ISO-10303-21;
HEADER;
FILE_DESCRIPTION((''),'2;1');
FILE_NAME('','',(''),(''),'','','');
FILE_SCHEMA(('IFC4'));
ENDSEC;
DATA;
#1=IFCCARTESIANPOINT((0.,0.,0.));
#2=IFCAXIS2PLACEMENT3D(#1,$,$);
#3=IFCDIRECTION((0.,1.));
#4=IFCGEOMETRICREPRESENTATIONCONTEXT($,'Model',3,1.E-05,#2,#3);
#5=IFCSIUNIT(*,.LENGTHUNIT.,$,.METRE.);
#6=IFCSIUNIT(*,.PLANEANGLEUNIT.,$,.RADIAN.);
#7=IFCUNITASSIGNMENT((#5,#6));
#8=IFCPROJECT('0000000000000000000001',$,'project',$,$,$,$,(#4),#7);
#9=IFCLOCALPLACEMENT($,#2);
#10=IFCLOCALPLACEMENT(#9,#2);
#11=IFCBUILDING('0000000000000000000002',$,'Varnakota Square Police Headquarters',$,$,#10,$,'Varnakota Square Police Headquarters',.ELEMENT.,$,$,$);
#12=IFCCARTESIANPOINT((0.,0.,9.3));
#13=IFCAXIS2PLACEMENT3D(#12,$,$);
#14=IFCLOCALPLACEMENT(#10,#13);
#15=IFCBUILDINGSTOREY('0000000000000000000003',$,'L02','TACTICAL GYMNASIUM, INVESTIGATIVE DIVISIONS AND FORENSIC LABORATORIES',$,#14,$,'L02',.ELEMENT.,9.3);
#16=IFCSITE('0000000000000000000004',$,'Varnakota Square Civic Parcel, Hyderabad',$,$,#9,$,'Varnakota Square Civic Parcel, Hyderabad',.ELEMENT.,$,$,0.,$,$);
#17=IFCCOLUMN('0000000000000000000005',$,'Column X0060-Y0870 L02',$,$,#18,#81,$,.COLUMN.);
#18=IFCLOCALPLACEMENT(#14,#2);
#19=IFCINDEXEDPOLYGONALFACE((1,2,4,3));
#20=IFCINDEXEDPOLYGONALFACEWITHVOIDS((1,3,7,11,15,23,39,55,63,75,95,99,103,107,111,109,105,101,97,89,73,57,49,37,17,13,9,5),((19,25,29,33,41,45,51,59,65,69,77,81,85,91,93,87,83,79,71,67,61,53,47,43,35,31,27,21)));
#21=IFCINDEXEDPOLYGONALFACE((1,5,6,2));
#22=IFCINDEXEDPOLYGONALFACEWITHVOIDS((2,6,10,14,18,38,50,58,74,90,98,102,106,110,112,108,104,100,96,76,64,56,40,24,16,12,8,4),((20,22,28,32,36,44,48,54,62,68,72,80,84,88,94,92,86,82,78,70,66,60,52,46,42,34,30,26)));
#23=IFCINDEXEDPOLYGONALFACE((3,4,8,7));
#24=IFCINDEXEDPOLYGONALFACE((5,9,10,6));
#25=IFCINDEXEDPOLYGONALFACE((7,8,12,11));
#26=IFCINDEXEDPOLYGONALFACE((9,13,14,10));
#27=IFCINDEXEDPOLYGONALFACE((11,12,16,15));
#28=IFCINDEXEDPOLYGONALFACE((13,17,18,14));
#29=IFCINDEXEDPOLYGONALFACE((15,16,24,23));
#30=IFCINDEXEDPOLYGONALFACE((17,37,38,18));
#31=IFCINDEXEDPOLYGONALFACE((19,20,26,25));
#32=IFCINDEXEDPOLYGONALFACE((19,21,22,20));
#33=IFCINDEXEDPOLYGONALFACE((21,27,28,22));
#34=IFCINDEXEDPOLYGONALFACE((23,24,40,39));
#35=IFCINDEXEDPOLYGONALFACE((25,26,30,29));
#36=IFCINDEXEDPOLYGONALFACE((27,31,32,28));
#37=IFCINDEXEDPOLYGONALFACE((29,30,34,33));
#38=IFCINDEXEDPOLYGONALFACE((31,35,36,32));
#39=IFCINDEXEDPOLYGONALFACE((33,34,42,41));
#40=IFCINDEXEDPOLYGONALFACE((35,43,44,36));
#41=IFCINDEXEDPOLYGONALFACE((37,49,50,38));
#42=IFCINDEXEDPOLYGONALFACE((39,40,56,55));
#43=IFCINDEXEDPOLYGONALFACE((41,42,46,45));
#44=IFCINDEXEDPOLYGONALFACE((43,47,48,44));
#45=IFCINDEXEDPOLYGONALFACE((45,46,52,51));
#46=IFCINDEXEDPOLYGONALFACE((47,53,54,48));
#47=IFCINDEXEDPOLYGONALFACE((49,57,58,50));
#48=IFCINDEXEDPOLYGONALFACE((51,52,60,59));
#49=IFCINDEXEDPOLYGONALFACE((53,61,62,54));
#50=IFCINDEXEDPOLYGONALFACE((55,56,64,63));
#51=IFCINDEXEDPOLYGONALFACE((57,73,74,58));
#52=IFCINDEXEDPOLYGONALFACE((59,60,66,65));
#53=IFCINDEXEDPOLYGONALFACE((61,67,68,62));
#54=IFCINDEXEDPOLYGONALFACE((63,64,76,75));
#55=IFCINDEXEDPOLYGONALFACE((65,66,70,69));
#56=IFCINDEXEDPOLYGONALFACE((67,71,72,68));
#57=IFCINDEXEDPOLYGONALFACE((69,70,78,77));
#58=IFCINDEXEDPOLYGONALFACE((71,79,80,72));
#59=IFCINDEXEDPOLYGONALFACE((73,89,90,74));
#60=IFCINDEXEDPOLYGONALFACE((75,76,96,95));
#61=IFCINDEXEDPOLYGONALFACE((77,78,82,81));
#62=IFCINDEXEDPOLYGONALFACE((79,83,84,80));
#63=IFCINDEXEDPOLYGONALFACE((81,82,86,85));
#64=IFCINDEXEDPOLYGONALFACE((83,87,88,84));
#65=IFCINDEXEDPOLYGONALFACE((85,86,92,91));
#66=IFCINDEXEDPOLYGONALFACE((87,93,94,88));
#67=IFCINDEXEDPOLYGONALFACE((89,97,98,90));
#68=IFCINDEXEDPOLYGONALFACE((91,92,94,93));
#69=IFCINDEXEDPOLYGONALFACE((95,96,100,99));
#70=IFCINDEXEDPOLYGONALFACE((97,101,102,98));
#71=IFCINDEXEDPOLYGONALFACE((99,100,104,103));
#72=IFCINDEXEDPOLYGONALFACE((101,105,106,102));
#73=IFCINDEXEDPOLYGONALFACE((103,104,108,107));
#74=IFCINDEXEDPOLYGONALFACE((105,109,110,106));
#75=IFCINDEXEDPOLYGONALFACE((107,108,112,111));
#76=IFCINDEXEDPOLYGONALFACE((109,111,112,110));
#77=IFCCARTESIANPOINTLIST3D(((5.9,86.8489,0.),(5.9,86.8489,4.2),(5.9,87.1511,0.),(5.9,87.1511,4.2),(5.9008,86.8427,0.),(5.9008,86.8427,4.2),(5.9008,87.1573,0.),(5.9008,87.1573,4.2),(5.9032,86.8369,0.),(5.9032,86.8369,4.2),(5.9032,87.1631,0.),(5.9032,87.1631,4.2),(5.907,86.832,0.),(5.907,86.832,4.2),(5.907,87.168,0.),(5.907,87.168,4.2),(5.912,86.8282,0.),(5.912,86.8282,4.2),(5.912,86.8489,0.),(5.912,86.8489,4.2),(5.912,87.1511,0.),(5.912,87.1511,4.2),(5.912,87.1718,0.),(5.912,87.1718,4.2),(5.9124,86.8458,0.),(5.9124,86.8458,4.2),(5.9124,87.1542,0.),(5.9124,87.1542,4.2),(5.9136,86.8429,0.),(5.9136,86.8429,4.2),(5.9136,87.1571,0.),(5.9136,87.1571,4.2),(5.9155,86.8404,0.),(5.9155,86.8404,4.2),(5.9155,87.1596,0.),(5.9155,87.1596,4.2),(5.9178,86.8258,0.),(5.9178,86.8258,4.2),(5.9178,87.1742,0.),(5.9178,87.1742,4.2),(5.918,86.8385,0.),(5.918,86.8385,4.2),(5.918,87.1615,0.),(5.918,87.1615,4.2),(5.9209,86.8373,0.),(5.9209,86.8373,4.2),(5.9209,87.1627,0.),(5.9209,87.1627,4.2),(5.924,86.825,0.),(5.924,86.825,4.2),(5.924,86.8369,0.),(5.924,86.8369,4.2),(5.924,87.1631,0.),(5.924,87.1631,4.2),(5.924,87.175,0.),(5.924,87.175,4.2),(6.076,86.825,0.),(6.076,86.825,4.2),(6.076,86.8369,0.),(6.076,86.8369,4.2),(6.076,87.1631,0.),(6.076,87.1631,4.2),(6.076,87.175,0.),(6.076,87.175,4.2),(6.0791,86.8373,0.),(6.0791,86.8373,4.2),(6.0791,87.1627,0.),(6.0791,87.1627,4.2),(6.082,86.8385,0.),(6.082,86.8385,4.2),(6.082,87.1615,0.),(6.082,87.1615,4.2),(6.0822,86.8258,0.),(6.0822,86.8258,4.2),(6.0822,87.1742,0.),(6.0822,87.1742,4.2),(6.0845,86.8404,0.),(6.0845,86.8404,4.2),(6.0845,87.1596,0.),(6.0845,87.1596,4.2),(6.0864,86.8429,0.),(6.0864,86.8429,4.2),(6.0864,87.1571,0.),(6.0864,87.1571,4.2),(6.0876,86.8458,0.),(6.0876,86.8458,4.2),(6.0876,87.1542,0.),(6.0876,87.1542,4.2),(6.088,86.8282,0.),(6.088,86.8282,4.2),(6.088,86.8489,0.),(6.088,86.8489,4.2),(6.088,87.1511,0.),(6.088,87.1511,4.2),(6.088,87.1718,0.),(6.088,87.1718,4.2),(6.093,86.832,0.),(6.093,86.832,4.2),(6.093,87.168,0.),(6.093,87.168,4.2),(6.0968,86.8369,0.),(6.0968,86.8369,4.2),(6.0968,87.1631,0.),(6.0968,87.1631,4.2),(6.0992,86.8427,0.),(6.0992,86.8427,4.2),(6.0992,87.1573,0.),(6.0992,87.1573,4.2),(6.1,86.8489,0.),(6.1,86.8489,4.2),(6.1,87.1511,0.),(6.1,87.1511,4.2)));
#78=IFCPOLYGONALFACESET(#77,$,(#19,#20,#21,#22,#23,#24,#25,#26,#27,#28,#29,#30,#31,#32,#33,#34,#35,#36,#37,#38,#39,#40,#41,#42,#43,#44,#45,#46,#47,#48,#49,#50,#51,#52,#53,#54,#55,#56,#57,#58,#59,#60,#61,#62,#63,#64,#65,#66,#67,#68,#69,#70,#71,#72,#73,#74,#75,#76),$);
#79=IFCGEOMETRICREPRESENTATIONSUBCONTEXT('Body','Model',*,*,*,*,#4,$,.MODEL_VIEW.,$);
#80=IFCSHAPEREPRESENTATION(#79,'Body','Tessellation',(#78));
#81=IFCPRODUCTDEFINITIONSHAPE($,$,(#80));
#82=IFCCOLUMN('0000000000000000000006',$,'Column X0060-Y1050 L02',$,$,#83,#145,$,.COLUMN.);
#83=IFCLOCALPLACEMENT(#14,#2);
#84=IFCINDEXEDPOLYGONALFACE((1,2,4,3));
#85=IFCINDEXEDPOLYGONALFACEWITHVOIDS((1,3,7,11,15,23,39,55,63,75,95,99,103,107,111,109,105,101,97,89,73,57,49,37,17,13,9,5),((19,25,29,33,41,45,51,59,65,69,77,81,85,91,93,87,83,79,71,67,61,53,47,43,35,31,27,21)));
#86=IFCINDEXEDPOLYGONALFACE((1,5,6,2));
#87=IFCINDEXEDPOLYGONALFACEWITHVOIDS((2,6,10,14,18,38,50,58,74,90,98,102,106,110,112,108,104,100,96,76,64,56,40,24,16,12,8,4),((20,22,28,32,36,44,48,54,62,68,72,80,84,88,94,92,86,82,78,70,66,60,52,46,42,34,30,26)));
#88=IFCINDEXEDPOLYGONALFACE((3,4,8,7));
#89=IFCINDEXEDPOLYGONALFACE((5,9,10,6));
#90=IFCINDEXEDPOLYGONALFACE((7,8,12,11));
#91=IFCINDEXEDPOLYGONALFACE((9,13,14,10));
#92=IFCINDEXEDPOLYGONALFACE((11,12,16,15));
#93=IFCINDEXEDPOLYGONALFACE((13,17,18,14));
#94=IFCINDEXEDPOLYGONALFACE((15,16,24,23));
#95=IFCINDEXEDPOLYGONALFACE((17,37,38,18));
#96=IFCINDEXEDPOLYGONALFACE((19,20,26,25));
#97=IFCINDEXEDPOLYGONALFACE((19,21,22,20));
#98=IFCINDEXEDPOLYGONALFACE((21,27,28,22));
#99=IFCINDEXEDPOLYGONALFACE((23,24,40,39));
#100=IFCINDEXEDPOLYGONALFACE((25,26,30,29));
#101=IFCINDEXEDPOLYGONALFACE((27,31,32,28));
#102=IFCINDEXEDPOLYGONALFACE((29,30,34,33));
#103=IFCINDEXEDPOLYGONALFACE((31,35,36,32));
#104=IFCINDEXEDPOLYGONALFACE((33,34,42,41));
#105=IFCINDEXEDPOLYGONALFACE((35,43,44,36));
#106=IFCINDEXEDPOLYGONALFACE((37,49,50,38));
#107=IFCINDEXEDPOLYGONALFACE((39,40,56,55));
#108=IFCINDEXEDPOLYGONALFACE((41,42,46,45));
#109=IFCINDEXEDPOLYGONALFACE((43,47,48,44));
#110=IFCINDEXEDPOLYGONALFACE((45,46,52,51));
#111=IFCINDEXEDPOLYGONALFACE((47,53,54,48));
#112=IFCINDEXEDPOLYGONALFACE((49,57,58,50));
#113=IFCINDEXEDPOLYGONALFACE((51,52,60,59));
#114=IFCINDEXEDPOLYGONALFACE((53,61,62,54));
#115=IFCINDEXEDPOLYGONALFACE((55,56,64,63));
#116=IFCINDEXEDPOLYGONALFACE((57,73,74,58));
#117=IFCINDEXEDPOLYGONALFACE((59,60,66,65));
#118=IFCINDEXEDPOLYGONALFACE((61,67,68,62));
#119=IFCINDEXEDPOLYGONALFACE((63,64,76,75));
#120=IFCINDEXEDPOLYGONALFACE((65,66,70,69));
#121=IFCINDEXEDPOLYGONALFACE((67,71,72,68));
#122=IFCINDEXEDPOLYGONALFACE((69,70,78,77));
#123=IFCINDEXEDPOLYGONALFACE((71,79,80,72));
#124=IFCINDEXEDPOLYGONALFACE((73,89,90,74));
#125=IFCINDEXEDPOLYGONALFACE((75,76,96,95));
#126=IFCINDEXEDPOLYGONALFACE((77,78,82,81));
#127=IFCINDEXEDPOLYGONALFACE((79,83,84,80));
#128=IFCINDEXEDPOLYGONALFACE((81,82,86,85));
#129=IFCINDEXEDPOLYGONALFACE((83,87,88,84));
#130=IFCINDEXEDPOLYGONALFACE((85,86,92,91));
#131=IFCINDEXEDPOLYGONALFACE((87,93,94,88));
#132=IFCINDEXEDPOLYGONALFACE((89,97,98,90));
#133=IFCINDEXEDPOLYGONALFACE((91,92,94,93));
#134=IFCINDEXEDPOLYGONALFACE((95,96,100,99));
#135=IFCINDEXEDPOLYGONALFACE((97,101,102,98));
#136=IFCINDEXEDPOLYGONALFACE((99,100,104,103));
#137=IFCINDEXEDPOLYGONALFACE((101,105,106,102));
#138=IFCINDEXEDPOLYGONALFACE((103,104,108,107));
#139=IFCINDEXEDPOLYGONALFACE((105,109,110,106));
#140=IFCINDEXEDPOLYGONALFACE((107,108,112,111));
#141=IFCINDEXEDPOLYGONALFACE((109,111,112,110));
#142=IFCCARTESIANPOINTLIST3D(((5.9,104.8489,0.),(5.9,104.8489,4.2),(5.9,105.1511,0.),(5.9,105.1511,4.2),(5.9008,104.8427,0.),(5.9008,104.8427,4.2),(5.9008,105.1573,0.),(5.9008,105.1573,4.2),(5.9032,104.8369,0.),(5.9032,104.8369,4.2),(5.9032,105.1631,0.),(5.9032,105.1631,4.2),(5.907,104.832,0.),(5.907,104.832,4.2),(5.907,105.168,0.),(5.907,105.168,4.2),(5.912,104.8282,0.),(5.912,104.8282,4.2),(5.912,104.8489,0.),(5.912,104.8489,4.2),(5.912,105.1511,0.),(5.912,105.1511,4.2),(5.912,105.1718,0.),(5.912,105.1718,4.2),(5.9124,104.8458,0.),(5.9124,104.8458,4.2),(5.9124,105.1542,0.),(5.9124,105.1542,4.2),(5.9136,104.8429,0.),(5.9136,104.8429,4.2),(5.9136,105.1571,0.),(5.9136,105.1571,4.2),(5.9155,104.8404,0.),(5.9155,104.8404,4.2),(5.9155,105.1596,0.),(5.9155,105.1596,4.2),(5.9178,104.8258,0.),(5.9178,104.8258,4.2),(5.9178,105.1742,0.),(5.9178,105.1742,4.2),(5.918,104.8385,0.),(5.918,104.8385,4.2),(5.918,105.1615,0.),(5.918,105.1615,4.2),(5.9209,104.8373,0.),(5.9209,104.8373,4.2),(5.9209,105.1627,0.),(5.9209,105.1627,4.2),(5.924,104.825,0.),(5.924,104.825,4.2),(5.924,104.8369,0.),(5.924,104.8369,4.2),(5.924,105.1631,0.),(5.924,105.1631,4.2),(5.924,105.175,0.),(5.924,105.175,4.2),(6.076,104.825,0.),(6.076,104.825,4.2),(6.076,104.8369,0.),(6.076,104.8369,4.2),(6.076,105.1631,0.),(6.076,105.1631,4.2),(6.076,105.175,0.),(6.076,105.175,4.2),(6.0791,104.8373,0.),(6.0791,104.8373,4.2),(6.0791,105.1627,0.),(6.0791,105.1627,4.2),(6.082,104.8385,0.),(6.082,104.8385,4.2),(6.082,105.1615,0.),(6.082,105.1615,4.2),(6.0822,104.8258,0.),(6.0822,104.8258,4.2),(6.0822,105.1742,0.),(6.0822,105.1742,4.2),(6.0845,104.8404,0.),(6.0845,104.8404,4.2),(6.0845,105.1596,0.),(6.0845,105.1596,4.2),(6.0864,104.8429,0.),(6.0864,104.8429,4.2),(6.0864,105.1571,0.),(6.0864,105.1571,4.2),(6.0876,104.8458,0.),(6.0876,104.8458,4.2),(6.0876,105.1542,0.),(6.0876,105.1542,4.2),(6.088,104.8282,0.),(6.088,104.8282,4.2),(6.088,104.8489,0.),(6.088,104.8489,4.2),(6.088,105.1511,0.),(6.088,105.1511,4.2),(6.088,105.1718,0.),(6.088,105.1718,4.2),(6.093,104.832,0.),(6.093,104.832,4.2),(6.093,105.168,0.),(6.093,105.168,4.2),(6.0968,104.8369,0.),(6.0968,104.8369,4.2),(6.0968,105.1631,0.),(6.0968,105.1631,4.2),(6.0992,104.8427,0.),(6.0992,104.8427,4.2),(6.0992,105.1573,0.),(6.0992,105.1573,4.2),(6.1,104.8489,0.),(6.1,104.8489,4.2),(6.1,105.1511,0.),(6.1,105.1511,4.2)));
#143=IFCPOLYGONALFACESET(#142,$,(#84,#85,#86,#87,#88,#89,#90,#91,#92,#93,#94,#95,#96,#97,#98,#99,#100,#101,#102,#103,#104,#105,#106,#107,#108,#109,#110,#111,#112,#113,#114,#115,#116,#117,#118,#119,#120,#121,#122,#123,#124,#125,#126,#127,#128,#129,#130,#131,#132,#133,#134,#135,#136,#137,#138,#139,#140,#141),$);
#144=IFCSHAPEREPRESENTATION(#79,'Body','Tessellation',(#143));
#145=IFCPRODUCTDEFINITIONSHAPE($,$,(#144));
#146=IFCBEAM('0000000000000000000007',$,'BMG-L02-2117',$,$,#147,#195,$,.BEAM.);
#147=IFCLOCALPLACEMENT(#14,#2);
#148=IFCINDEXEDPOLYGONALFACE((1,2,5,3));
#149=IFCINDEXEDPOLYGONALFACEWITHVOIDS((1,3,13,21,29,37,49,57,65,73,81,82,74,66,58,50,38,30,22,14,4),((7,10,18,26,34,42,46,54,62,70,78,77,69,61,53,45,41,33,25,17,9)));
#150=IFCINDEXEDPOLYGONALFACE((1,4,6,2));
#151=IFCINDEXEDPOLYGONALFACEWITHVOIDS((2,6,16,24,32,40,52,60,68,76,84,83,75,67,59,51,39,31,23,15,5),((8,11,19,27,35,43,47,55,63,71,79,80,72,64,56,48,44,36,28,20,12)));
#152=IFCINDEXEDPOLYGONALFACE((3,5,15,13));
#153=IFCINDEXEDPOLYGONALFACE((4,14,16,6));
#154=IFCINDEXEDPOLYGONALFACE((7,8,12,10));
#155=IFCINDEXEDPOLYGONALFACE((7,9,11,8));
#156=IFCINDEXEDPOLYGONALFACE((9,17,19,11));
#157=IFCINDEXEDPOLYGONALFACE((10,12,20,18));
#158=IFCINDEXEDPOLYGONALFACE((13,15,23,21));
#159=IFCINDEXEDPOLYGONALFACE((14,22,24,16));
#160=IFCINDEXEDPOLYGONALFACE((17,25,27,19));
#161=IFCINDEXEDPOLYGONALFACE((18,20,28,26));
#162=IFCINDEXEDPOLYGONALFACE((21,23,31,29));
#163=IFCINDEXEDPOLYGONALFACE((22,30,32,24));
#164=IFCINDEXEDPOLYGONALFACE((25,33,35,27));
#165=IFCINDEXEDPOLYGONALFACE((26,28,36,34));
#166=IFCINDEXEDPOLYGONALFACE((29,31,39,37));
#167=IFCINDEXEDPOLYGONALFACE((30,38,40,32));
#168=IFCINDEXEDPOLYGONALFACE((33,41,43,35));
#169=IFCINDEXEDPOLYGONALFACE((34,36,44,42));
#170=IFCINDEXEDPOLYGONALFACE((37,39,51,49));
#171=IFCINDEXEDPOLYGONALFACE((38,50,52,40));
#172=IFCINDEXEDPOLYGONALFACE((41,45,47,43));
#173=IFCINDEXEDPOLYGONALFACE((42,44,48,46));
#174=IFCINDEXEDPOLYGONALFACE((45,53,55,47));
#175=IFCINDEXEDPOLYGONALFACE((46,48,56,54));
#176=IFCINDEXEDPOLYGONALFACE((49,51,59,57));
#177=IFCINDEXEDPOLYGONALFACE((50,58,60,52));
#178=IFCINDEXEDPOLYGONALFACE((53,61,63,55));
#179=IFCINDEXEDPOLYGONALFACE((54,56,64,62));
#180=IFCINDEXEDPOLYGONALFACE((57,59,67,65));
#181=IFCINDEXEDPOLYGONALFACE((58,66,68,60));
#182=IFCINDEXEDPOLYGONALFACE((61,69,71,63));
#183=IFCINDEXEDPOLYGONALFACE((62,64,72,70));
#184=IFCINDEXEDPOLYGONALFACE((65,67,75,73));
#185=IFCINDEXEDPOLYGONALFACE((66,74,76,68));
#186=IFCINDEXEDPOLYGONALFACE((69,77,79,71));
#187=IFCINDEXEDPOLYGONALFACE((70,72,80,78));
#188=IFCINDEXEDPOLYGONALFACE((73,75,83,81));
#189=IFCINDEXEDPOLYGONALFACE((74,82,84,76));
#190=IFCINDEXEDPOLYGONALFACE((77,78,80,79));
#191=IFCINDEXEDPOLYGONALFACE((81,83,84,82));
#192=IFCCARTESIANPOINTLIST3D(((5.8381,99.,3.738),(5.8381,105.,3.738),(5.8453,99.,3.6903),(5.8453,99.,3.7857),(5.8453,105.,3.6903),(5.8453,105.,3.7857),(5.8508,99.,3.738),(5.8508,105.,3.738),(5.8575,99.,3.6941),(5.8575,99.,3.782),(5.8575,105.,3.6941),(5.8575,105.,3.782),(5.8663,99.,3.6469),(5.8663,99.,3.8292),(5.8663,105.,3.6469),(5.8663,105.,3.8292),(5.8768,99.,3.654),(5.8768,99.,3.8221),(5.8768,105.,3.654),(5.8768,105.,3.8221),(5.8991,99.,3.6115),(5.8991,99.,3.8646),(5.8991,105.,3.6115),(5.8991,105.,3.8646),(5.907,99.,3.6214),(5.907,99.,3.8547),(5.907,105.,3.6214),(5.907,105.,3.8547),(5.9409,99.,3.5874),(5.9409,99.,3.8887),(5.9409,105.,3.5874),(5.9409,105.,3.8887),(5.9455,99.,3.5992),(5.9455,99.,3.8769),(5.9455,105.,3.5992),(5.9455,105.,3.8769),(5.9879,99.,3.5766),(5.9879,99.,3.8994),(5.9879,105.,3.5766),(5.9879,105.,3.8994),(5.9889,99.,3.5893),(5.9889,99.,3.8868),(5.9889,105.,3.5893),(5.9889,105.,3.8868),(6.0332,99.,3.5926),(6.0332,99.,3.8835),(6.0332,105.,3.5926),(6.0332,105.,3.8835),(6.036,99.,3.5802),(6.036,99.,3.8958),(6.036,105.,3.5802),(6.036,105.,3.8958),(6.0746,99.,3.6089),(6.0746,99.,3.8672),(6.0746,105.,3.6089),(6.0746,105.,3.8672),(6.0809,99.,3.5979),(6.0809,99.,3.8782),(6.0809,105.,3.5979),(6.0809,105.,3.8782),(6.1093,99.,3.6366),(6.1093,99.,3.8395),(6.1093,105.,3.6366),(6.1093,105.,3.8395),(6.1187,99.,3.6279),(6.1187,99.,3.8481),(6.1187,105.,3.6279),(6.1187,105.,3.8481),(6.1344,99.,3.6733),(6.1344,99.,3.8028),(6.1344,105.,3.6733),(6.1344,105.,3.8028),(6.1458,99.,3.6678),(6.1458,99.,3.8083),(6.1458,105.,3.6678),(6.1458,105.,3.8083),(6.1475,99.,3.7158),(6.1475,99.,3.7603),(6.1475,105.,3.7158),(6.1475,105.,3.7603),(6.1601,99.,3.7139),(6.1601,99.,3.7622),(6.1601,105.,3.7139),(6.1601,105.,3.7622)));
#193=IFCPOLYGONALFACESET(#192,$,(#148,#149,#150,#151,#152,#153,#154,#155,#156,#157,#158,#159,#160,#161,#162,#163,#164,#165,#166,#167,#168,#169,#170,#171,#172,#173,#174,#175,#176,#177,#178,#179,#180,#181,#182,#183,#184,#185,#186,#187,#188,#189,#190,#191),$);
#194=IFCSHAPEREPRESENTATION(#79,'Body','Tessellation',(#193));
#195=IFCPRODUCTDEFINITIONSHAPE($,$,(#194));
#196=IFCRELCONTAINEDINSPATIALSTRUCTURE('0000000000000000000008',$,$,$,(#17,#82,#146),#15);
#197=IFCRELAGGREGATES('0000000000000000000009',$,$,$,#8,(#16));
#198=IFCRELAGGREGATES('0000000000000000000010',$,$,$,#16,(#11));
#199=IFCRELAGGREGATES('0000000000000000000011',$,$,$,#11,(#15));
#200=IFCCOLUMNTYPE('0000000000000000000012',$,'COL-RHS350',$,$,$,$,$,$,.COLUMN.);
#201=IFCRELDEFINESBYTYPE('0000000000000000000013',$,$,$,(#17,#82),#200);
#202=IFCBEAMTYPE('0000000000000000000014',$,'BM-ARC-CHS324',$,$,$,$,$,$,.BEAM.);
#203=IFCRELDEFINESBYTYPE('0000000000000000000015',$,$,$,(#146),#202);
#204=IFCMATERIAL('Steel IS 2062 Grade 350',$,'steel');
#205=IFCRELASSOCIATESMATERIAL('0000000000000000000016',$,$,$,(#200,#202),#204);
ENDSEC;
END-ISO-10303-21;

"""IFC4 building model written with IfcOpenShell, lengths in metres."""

from ifc_helpers import new_model, si_unit, direction, frame, origin, origin_2d, place, context, subcontext, project, spatial, hollow_rectangle, hollow_circle, extrude, material, material_profile, profile_set, type_object, element, save


model = new_model("IFC4")

# Units and contexts
model_context = context("Model", 3, precision=1e-05, world=origin(), true_north=direction((0.0, 1.0)))
body_context = subcontext(model_context, "Body", "Model", "MODEL_VIEW")
ifc_project = project(units=[si_unit("LENGTHUNIT", "METRE"), si_unit("PLANEANGLEUNIT", "RADIAN")], contexts=[model_context])

# Site, building, storey
site_placement = place(None, origin())
site = spatial("IfcSite", under=ifc_project, at=site_placement, Name="Varnakota Square Civic Parcel, Hyderabad", LongName="Varnakota Square Civic Parcel, Hyderabad", CompositionType="ELEMENT", RefElevation=0.0)
building_placement = place(site_placement, origin())
building = spatial("IfcBuilding", under=site, at=building_placement, Name="Varnakota Square Police Headquarters", LongName="Varnakota Square Police Headquarters", CompositionType="ELEMENT")
storey_placement = place(building_placement, frame((0.0, 0.0, 9.3)))
storey = spatial("IfcBuildingStorey", under=building, at=storey_placement, Name="L02", Description="TACTICAL GYMNASIUM, INVESTIGATIVE DIVISIONS AND FORENSIC LABORATORIES", LongName="L02", CompositionType="ELEMENT", Elevation=9.3)

# Columns
ifc_material_1 = material(Name="Steel IS 2062 Grade 350", Category="steel")
ifc_material_profile_1 = material_profile(ifc_material_1, hollow_rectangle(XDim=0.2, YDim=0.3501, WallThickness=0.012, InnerFilletRadius=0.012, OuterFilletRadius=0.0239, at=origin_2d()), Name="RHS 350x200x12")
ifc_profile_set_1 = profile_set([ifc_material_profile_1], Name="Steel IS 2062 Grade 350")
column_type_1 = type_object("IfcColumnType", Name="COL-RHS350", PredefinedType="COLUMN", material=ifc_profile_set_1)
for number, where, z_axis, x_axis, name in (
    (1, (6.0, 87.0, 0.0), (0.0, 0.0, 1.0), (1.0, 0.0, 0.0), "Column X0060-Y0870 L02"),
    (2, (6.0, 105.0, 0.0), (0.0, 0.0, 1.0), (1.0, 0.0, 0.0), "Column X0060-Y1050 L02"),
):
    element("IfcColumn", number, at=place(storey_placement, frame(where, z_axis=z_axis, x_axis=x_axis)), inside=storey, type_object=column_type_1, Name=name, PredefinedType="COLUMN", context=body_context, shape_type="SweptSolid", body=[
        extrude(hollow_rectangle(XDim=0.2, YDim=0.3501, WallThickness=0.012, InnerFilletRadius=0.012, OuterFilletRadius=0.0239, at=origin_2d()), origin(), (0.0, 0.0, 1.0), 4.2),
    ])

# Beam
ifc_material_profile_2 = material_profile(ifc_material_1, hollow_circle(Radius=0.1619, WallThickness=0.0127, at=origin_2d()), Name="CHS 323.9x12.7")
ifc_profile_set_2 = profile_set([ifc_material_profile_2], Name="Steel IS 2062 Grade 350")
beam_type_1 = type_object("IfcBeamType", Name="BM-ARC-CHS324", PredefinedType="BEAM", material=ifc_profile_set_2)
beam_1_placement = place(storey_placement, frame((6.0, 99.0, 3.738), z_axis=(0.0, 1.0, 0.0), x_axis=(-1.0, 0.0, 0.0)))
element("IfcBeam", 3, at=beam_1_placement, inside=storey, type_object=beam_type_1, Name="BMG-L02-2117", PredefinedType="BEAM", context=body_context, shape_type="SweptSolid", body=[
    extrude(hollow_circle(Radius=0.1619, WallThickness=0.0127, at=origin_2d()), origin(), (0.0, 0.0, 1.0), 6.0),
])

save(model, "model.ifc")
